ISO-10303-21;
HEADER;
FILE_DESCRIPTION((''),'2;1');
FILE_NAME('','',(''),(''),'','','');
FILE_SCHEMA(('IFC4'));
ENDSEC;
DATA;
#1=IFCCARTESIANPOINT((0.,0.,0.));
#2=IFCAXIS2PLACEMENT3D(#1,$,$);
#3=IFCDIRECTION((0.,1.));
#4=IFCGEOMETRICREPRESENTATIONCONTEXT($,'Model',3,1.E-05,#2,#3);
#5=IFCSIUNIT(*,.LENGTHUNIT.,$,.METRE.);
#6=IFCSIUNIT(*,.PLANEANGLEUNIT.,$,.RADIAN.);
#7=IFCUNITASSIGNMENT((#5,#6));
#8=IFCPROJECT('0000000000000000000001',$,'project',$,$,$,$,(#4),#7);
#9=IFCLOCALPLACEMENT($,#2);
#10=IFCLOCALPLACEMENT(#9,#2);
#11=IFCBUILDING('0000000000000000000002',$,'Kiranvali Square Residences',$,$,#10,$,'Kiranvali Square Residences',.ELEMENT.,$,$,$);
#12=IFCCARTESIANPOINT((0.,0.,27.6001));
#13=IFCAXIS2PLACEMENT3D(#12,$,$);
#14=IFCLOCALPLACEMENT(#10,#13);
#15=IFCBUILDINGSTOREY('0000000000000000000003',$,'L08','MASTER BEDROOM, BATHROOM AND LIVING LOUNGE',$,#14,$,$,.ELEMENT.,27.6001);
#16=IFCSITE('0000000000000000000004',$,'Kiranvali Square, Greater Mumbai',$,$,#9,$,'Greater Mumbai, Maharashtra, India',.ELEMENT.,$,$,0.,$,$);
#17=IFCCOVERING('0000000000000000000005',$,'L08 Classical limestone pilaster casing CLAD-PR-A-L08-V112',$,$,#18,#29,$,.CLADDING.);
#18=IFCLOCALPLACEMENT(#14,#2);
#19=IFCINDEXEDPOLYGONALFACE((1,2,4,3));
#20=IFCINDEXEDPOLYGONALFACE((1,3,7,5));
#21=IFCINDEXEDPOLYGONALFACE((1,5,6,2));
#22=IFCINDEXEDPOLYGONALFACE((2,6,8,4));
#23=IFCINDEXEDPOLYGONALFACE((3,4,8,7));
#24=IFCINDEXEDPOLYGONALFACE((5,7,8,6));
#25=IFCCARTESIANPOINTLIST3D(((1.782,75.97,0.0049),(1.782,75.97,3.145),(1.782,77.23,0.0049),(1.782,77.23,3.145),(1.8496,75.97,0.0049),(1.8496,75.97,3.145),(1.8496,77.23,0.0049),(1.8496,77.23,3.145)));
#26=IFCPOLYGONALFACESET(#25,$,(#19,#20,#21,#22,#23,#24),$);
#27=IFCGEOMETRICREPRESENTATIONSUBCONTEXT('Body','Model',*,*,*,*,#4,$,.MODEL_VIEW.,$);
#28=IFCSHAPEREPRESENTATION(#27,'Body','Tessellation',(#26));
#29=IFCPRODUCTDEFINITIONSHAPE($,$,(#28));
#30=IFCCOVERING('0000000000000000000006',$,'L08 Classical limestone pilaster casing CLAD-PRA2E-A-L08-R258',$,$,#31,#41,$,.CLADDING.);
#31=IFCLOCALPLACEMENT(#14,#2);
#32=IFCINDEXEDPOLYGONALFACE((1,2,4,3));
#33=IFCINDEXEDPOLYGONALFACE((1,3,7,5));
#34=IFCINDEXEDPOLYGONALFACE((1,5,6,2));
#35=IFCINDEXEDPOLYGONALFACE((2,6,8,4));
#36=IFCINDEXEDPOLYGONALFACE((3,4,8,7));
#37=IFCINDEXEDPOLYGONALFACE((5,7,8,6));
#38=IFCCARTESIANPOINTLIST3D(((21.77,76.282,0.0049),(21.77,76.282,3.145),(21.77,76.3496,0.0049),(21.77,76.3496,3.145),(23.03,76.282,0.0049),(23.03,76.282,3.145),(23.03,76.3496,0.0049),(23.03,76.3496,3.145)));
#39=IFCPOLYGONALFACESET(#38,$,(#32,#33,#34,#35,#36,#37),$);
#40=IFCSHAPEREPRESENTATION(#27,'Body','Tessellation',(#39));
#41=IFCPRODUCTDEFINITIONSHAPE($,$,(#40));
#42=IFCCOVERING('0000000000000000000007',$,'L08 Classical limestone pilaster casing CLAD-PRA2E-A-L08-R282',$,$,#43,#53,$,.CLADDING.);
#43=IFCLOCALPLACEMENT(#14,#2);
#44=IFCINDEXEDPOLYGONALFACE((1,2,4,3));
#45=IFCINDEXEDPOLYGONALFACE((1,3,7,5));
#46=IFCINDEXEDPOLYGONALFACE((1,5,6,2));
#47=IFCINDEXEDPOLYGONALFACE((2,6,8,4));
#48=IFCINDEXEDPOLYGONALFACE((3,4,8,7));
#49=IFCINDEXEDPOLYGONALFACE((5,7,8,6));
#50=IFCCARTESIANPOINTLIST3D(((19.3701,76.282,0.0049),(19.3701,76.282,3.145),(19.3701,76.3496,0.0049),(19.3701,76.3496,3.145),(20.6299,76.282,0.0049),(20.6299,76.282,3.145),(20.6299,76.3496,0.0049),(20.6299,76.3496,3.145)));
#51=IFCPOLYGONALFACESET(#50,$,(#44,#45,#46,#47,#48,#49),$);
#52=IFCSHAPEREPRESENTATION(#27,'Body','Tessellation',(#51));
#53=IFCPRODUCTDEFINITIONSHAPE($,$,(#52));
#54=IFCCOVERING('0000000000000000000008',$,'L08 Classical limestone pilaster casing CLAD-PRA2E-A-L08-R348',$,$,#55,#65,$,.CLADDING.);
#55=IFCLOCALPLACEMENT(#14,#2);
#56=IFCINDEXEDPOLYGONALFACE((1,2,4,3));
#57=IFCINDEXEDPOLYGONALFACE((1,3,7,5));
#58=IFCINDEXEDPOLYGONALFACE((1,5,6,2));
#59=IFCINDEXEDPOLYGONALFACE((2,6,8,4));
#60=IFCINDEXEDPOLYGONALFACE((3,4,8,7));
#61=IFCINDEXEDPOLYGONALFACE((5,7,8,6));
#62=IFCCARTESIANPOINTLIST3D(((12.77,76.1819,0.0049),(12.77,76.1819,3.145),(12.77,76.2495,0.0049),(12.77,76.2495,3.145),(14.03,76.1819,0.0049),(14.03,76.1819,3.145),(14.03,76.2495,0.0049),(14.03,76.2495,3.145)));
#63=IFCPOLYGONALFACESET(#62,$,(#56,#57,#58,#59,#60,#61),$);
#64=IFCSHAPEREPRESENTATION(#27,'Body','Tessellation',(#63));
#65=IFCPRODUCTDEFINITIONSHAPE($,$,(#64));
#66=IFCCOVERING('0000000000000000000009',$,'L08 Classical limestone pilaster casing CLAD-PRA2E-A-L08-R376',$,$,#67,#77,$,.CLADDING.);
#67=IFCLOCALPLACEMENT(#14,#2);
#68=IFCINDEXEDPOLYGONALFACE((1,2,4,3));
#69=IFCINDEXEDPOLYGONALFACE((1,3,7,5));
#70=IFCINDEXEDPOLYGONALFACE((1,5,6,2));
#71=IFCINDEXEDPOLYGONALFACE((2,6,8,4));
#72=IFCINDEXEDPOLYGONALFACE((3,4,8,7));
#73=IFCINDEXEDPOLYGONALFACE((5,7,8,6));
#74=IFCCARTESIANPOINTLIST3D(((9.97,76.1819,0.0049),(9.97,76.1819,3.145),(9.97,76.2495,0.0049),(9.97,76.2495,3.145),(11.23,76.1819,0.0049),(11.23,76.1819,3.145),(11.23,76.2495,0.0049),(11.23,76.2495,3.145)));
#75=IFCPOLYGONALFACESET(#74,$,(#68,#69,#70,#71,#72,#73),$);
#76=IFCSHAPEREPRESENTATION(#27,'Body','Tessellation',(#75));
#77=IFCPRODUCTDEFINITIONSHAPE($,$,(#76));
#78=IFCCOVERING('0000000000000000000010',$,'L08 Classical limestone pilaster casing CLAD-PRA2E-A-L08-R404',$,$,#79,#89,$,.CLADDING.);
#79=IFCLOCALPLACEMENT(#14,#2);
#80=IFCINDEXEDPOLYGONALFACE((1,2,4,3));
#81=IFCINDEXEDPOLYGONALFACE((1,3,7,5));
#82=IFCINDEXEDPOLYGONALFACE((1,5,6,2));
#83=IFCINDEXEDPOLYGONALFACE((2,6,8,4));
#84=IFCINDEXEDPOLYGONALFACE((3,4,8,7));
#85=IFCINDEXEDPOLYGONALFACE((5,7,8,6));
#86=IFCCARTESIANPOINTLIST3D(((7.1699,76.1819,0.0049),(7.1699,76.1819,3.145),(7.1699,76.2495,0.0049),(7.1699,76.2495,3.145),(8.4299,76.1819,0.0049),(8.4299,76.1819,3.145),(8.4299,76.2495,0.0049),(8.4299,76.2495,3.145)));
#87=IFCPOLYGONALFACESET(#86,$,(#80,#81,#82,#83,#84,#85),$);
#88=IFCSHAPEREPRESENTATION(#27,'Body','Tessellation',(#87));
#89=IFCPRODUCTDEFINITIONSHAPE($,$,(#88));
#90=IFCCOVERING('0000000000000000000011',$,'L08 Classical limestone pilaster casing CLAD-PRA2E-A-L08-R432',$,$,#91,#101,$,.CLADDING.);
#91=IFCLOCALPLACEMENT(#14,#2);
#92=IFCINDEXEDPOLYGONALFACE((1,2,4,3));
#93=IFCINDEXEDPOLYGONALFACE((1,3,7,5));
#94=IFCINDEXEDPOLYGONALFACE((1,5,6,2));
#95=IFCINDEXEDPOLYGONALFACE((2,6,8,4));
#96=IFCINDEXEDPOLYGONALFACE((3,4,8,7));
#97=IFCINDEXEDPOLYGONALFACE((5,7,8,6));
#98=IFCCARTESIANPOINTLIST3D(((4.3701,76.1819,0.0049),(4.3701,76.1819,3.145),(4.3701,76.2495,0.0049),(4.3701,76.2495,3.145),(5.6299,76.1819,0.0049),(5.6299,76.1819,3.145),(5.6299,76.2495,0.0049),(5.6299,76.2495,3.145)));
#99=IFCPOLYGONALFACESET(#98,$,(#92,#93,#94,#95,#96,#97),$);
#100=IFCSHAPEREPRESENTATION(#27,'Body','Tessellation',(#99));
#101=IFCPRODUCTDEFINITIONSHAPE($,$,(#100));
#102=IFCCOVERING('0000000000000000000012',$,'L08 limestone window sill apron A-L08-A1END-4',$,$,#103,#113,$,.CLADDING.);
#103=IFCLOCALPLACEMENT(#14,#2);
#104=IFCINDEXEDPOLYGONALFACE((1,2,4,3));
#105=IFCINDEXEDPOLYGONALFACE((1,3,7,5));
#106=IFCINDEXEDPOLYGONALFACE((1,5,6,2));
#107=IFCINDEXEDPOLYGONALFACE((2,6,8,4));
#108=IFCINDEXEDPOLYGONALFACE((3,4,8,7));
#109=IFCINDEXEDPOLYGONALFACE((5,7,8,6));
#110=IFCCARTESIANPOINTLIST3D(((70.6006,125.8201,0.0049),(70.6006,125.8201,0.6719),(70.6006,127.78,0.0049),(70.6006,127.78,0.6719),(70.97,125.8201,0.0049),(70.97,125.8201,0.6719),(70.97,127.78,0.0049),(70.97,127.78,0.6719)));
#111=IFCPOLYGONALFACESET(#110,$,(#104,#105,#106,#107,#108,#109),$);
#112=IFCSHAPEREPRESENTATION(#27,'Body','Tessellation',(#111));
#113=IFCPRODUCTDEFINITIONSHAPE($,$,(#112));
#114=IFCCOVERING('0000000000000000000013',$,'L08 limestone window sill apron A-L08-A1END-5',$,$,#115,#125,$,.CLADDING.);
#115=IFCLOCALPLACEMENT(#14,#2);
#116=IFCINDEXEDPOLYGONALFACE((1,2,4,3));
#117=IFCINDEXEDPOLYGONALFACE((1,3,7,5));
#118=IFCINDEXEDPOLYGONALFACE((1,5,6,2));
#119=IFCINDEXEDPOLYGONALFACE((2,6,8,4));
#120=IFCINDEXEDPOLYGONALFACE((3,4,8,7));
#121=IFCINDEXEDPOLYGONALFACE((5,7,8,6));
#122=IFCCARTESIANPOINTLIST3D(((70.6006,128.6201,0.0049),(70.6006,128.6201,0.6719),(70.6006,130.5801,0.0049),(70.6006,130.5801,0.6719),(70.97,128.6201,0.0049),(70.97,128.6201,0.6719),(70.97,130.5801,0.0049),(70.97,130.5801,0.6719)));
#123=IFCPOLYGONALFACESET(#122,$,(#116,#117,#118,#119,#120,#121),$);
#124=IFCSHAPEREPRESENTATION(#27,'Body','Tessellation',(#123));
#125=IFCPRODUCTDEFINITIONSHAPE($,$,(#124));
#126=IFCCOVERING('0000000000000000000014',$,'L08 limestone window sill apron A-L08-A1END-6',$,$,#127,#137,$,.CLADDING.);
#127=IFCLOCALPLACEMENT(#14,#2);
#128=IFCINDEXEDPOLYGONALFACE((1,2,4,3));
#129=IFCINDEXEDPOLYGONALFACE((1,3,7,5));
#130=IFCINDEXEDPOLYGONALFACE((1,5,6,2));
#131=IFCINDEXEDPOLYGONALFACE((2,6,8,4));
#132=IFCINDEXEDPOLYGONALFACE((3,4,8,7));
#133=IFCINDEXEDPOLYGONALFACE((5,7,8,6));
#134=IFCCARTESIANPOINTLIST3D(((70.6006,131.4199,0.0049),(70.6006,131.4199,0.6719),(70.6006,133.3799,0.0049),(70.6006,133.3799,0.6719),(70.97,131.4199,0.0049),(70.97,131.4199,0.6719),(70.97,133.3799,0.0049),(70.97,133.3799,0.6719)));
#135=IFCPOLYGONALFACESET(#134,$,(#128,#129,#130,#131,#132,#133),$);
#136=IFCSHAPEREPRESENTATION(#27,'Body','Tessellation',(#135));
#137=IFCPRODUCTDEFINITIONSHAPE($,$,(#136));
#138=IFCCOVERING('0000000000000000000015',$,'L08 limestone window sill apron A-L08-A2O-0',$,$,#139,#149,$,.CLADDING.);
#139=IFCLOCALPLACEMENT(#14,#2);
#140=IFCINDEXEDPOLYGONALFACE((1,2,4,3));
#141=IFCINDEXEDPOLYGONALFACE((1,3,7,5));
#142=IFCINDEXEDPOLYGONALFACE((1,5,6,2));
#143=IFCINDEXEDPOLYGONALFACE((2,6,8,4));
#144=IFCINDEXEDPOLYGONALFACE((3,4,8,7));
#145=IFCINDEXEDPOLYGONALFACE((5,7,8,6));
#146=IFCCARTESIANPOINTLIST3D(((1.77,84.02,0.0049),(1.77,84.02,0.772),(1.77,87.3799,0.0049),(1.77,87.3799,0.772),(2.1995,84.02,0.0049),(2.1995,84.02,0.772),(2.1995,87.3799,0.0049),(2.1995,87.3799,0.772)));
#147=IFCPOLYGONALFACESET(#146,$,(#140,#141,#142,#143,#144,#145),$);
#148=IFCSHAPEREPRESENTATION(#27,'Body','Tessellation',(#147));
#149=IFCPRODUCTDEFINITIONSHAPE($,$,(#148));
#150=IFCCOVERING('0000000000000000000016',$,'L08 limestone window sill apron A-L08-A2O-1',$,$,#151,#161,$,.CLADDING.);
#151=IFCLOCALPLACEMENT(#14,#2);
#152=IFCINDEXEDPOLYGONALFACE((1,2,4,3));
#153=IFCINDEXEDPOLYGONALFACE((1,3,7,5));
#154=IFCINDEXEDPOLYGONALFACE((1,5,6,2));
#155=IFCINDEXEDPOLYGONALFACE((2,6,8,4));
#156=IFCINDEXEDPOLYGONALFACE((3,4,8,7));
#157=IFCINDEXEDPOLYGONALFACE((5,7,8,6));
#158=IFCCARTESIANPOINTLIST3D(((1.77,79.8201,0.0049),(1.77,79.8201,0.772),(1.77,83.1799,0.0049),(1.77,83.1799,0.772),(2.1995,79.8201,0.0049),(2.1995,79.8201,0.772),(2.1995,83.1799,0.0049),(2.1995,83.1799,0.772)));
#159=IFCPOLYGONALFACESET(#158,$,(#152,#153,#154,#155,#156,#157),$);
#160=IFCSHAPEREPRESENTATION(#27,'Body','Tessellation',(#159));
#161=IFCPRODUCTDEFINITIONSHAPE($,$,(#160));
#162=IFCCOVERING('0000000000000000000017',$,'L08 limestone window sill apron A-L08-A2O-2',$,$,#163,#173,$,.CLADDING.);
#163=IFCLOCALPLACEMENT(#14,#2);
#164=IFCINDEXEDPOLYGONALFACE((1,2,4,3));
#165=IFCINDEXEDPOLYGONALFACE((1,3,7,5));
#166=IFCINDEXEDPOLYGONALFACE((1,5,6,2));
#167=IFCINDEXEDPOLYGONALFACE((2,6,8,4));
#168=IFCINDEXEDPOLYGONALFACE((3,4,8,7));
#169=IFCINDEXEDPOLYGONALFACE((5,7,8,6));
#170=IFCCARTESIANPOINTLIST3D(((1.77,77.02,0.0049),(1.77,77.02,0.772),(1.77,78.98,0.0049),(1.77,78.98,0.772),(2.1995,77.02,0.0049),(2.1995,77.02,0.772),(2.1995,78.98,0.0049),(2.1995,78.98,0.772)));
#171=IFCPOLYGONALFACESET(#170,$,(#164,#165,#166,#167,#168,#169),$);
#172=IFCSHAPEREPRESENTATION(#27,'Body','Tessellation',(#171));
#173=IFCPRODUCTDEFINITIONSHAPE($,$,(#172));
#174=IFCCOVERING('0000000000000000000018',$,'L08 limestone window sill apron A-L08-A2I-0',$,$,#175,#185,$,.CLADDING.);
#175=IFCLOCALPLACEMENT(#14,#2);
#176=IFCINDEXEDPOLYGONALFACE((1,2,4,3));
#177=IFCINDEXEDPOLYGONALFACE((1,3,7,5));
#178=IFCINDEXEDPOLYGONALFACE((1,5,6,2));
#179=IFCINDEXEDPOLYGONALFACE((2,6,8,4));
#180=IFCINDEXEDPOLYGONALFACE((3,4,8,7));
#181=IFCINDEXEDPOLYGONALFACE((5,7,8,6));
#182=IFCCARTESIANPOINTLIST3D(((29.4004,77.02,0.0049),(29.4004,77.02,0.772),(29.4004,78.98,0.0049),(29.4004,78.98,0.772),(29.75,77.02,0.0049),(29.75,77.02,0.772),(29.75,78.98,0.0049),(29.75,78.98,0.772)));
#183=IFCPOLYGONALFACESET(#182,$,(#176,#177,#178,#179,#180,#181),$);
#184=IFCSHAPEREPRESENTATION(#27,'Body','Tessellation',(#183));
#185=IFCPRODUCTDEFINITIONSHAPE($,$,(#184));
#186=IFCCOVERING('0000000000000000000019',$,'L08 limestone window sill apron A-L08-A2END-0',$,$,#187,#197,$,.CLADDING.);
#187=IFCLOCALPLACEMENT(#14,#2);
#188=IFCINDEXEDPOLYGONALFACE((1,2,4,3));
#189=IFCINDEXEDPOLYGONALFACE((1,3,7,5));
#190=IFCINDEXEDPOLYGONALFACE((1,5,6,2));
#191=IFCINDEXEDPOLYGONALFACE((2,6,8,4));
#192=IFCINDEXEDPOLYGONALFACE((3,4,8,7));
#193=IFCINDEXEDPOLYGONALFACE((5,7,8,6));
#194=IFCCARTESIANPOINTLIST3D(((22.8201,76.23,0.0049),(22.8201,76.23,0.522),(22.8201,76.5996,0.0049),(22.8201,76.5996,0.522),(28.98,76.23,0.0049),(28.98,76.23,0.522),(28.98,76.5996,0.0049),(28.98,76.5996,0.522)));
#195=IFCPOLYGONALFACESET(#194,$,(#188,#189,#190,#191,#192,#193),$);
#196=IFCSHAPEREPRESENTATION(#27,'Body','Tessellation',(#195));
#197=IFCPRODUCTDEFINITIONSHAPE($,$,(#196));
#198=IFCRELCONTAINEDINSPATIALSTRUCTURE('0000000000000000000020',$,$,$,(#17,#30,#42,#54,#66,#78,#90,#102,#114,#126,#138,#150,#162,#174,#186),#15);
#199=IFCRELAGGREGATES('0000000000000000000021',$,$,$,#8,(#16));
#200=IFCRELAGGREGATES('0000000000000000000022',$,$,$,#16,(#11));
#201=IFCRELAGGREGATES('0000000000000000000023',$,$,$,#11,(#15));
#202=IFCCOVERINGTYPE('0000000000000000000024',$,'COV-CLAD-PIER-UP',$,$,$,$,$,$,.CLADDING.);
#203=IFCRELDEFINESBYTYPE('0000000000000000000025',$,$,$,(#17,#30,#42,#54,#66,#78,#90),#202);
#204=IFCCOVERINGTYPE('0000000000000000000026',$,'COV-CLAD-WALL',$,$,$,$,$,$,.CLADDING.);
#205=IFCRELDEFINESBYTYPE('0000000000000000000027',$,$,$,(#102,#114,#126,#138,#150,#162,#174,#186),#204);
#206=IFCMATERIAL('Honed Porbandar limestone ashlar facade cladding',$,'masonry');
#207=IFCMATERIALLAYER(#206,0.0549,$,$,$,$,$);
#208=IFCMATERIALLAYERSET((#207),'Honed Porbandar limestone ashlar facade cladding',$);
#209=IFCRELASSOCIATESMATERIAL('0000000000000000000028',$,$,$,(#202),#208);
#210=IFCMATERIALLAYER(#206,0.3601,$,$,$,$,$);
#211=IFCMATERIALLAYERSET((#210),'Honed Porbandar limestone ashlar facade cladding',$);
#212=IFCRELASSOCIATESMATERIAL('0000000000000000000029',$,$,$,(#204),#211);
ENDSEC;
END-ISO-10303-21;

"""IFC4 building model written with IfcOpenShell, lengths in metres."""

from ifc_helpers import new_model, si_unit, direction, frame, origin, place, context, subcontext, project, spatial, polyline, outline, extrude, material, layer, layer_set, type_object, element, save


model = new_model("IFC4")

# Units and contexts
model_context = context("Model", 3, precision=1e-05, world=origin(), true_north=direction((0.0, 1.0)))
body_context = subcontext(model_context, "Body", "Model", "MODEL_VIEW")
ifc_project = project(units=[si_unit("LENGTHUNIT", "METRE"), si_unit("PLANEANGLEUNIT", "RADIAN")], contexts=[model_context])

# Site, building, storey
site_placement = place(None, origin())
site = spatial("IfcSite", under=ifc_project, at=site_placement, Name="Kiranvali Square, Greater Mumbai", LongName="Greater Mumbai, Maharashtra, India", CompositionType="ELEMENT", RefElevation=0.0)
building_placement = place(site_placement, origin())
building = spatial("IfcBuilding", under=site, at=building_placement, Name="Kiranvali Square Residences", LongName="Kiranvali Square Residences", CompositionType="ELEMENT")
storey_placement = place(building_placement, frame((0.0, 0.0, 27.6001)))
storey = spatial("IfcBuildingStorey", under=building, at=storey_placement, Name="L08", Description="MASTER BEDROOM, BATHROOM AND LIVING LOUNGE", CompositionType="ELEMENT", Elevation=27.6001)

# Coverings
ifc_material = material(Name="Honed Porbandar limestone ashlar facade cladding", Category="masonry")
ifc_layer_1 = layer(ifc_material, 0.0549)
ifc_layer_set_1 = layer_set([ifc_layer_1], Name="Honed Porbandar limestone ashlar facade cladding")
covering_type_1 = type_object("IfcCoveringType", Name="COV-CLAD-PIER-UP", PredefinedType="CLADDING", material=ifc_layer_set_1)
covering_1_placement = place(storey_placement, frame((0.0, 0.0, 0.0049)))
element("IfcCovering", 1, at=covering_1_placement, inside=storey, type_object=covering_type_1, Name="L08 Classical limestone pilaster casing CLAD-PR-A-L08-V112", PredefinedType="CLADDING", context=body_context, shape_type="SweptSolid", body=[
    extrude(outline(polyline([(1.782, 77.23), (1.782, 75.97), (1.8496, 75.97), (1.8496, 77.23), (1.782, 77.23)])), origin(), (0.0, 0.0, 1.0), 3.1401),
])
covering_2_placement = place(storey_placement, frame((0.0, 0.0, 0.0049)))
element("IfcCovering", 2, at=covering_2_placement, inside=storey, type_object=covering_type_1, Name="L08 Classical limestone pilaster casing CLAD-PRA2E-A-L08-R258", PredefinedType="CLADDING", context=body_context, shape_type="SweptSolid", body=[
    extrude(outline(polyline([(23.03, 76.3496), (21.77, 76.3496), (21.77, 76.282), (23.03, 76.282), (23.03, 76.3496)])), origin(), (0.0, 0.0, 1.0), 3.1401),
])
covering_3_placement = place(storey_placement, frame((0.0, 0.0, 0.0049)))
element("IfcCovering", 3, at=covering_3_placement, inside=storey, type_object=covering_type_1, Name="L08 Classical limestone pilaster casing CLAD-PRA2E-A-L08-R282", PredefinedType="CLADDING", context=body_context, shape_type="SweptSolid", body=[
    extrude(outline(polyline([(20.6299, 76.3496), (19.3701, 76.3496), (19.3701, 76.282), (20.6299, 76.282), (20.6299, 76.3496)])), origin(), (0.0, 0.0, 1.0), 3.1401),
])
covering_4_placement = place(storey_placement, frame((0.0, 0.0, 0.0049)))
element("IfcCovering", 4, at=covering_4_placement, inside=storey, type_object=covering_type_1, Name="L08 Classical limestone pilaster casing CLAD-PRA2E-A-L08-R348", PredefinedType="CLADDING", context=body_context, shape_type="SweptSolid", body=[
    extrude(outline(polyline([(14.03, 76.2495), (12.77, 76.2495), (12.77, 76.1819), (14.03, 76.1819), (14.03, 76.2495)])), origin(), (0.0, 0.0, 1.0), 3.1401),
])
covering_5_placement = place(storey_placement, frame((0.0, 0.0, 0.0049)))
element("IfcCovering", 5, at=covering_5_placement, inside=storey, type_object=covering_type_1, Name="L08 Classical limestone pilaster casing CLAD-PRA2E-A-L08-R376", PredefinedType="CLADDING", context=body_context, shape_type="SweptSolid", body=[
    extrude(outline(polyline([(11.23, 76.2495), (9.97, 76.2495), (9.97, 76.1819), (11.23, 76.1819), (11.23, 76.2495)])), origin(), (0.0, 0.0, 1.0), 3.1401),
])
covering_6_placement = place(storey_placement, frame((0.0, 0.0, 0.0049)))
element("IfcCovering", 6, at=covering_6_placement, inside=storey, type_object=covering_type_1, Name="L08 Classical limestone pilaster casing CLAD-PRA2E-A-L08-R404", PredefinedType="CLADDING", context=body_context, shape_type="SweptSolid", body=[
    extrude(outline(polyline([(8.4299, 76.2495), (7.1699, 76.2495), (7.1699, 76.1819), (8.4299, 76.1819), (8.4299, 76.2495)])), origin(), (0.0, 0.0, 1.0), 3.1401),
])
covering_7_placement = place(storey_placement, frame((0.0, 0.0, 0.0049)))
element("IfcCovering", 7, at=covering_7_placement, inside=storey, type_object=covering_type_1, Name="L08 Classical limestone pilaster casing CLAD-PRA2E-A-L08-R432", PredefinedType="CLADDING", context=body_context, shape_type="SweptSolid", body=[
    extrude(outline(polyline([(5.6299, 76.2495), (4.3701, 76.2495), (4.3701, 76.1819), (5.6299, 76.1819), (5.6299, 76.2495)])), origin(), (0.0, 0.0, 1.0), 3.1401),
])
ifc_layer_2 = layer(ifc_material, 0.3601)
ifc_layer_set_2 = layer_set([ifc_layer_2], Name="Honed Porbandar limestone ashlar facade cladding")
covering_type_2 = type_object("IfcCoveringType", Name="COV-CLAD-WALL", PredefinedType="CLADDING", material=ifc_layer_set_2)
covering_8_placement = place(storey_placement, frame((0.0, 0.0, 0.0049)))
element("IfcCovering", 8, at=covering_8_placement, inside=storey, type_object=covering_type_2, Name="L08 limestone window sill apron A-L08-A1END-4", PredefinedType="CLADDING", context=body_context, shape_type="SweptSolid", body=[
    extrude(outline(polyline([(70.97, 125.8201), (70.97, 127.78), (70.6006, 127.78), (70.6006, 125.8201), (70.97, 125.8201)])), origin(), (0.0, 0.0, 1.0), 0.667),
])
covering_9_placement = place(storey_placement, frame((0.0, 0.0, 0.0049)))
element("IfcCovering", 9, at=covering_9_placement, inside=storey, type_object=covering_type_2, Name="L08 limestone window sill apron A-L08-A1END-5", PredefinedType="CLADDING", context=body_context, shape_type="SweptSolid", body=[
    extrude(outline(polyline([(70.97, 128.6201), (70.97, 130.5801), (70.6006, 130.5801), (70.6006, 128.6201), (70.97, 128.6201)])), origin(), (0.0, 0.0, 1.0), 0.667),
])
covering_10_placement = place(storey_placement, frame((0.0, 0.0, 0.0049)))
element("IfcCovering", 10, at=covering_10_placement, inside=storey, type_object=covering_type_2, Name="L08 limestone window sill apron A-L08-A1END-6", PredefinedType="CLADDING", context=body_context, shape_type="SweptSolid", body=[
    extrude(outline(polyline([(70.97, 131.4199), (70.97, 133.3799), (70.6006, 133.3799), (70.6006, 131.4199), (70.97, 131.4199)])), origin(), (0.0, 0.0, 1.0), 0.667),
])
covering_11_placement = place(storey_placement, frame((0.0, 0.0, 0.0049)))
element("IfcCovering", 11, at=covering_11_placement, inside=storey, type_object=covering_type_2, Name="L08 limestone window sill apron A-L08-A2O-0", PredefinedType="CLADDING", context=body_context, shape_type="SweptSolid", body=[
    extrude(outline(polyline([(1.77, 87.3799), (1.77, 84.02), (2.1995, 84.02), (2.1995, 87.3799), (1.77, 87.3799)])), origin(), (0.0, 0.0, 1.0), 0.7671),
])
covering_12_placement = place(storey_placement, frame((0.0, 0.0, 0.0049)))
element("IfcCovering", 12, at=covering_12_placement, inside=storey, type_object=covering_type_2, Name="L08 limestone window sill apron A-L08-A2O-1", PredefinedType="CLADDING", context=body_context, shape_type="SweptSolid", body=[
    extrude(outline(polyline([(1.77, 83.1799), (1.77, 79.8201), (2.1995, 79.8201), (2.1995, 83.1799), (1.77, 83.1799)])), origin(), (0.0, 0.0, 1.0), 0.7671),
])
covering_13_placement = place(storey_placement, frame((0.0, 0.0, 0.0049)))
element("IfcCovering", 13, at=covering_13_placement, inside=storey, type_object=covering_type_2, Name="L08 limestone window sill apron A-L08-A2O-2", PredefinedType="CLADDING", context=body_context, shape_type="SweptSolid", body=[
    extrude(outline(polyline([(1.77, 78.98), (1.77, 77.02), (2.1995, 77.02), (2.1995, 78.98), (1.77, 78.98)])), origin(), (0.0, 0.0, 1.0), 0.7671),
])
covering_14_placement = place(storey_placement, frame((0.0, 0.0, 0.0049)))
element("IfcCovering", 14, at=covering_14_placement, inside=storey, type_object=covering_type_2, Name="L08 limestone window sill apron A-L08-A2I-0", PredefinedType="CLADDING", context=body_context, shape_type="SweptSolid", body=[
    extrude(outline(polyline([(29.4004, 78.98), (29.4004, 77.02), (29.75, 77.02), (29.75, 78.98), (29.4004, 78.98)])), origin(), (0.0, 0.0, 1.0), 0.7671),
])
covering_15_placement = place(storey_placement, frame((0.0, 0.0, 0.0049)))
element("IfcCovering", 15, at=covering_15_placement, inside=storey, type_object=covering_type_2, Name="L08 limestone window sill apron A-L08-A2END-0", PredefinedType="CLADDING", context=body_context, shape_type="SweptSolid", body=[
    extrude(outline(polyline([(28.98, 76.5996), (22.8201, 76.5996), (22.8201, 76.23), (28.98, 76.23), (28.98, 76.5996)])), origin(), (0.0, 0.0, 1.0), 0.5171),
])

save(model, "model.ifc")
